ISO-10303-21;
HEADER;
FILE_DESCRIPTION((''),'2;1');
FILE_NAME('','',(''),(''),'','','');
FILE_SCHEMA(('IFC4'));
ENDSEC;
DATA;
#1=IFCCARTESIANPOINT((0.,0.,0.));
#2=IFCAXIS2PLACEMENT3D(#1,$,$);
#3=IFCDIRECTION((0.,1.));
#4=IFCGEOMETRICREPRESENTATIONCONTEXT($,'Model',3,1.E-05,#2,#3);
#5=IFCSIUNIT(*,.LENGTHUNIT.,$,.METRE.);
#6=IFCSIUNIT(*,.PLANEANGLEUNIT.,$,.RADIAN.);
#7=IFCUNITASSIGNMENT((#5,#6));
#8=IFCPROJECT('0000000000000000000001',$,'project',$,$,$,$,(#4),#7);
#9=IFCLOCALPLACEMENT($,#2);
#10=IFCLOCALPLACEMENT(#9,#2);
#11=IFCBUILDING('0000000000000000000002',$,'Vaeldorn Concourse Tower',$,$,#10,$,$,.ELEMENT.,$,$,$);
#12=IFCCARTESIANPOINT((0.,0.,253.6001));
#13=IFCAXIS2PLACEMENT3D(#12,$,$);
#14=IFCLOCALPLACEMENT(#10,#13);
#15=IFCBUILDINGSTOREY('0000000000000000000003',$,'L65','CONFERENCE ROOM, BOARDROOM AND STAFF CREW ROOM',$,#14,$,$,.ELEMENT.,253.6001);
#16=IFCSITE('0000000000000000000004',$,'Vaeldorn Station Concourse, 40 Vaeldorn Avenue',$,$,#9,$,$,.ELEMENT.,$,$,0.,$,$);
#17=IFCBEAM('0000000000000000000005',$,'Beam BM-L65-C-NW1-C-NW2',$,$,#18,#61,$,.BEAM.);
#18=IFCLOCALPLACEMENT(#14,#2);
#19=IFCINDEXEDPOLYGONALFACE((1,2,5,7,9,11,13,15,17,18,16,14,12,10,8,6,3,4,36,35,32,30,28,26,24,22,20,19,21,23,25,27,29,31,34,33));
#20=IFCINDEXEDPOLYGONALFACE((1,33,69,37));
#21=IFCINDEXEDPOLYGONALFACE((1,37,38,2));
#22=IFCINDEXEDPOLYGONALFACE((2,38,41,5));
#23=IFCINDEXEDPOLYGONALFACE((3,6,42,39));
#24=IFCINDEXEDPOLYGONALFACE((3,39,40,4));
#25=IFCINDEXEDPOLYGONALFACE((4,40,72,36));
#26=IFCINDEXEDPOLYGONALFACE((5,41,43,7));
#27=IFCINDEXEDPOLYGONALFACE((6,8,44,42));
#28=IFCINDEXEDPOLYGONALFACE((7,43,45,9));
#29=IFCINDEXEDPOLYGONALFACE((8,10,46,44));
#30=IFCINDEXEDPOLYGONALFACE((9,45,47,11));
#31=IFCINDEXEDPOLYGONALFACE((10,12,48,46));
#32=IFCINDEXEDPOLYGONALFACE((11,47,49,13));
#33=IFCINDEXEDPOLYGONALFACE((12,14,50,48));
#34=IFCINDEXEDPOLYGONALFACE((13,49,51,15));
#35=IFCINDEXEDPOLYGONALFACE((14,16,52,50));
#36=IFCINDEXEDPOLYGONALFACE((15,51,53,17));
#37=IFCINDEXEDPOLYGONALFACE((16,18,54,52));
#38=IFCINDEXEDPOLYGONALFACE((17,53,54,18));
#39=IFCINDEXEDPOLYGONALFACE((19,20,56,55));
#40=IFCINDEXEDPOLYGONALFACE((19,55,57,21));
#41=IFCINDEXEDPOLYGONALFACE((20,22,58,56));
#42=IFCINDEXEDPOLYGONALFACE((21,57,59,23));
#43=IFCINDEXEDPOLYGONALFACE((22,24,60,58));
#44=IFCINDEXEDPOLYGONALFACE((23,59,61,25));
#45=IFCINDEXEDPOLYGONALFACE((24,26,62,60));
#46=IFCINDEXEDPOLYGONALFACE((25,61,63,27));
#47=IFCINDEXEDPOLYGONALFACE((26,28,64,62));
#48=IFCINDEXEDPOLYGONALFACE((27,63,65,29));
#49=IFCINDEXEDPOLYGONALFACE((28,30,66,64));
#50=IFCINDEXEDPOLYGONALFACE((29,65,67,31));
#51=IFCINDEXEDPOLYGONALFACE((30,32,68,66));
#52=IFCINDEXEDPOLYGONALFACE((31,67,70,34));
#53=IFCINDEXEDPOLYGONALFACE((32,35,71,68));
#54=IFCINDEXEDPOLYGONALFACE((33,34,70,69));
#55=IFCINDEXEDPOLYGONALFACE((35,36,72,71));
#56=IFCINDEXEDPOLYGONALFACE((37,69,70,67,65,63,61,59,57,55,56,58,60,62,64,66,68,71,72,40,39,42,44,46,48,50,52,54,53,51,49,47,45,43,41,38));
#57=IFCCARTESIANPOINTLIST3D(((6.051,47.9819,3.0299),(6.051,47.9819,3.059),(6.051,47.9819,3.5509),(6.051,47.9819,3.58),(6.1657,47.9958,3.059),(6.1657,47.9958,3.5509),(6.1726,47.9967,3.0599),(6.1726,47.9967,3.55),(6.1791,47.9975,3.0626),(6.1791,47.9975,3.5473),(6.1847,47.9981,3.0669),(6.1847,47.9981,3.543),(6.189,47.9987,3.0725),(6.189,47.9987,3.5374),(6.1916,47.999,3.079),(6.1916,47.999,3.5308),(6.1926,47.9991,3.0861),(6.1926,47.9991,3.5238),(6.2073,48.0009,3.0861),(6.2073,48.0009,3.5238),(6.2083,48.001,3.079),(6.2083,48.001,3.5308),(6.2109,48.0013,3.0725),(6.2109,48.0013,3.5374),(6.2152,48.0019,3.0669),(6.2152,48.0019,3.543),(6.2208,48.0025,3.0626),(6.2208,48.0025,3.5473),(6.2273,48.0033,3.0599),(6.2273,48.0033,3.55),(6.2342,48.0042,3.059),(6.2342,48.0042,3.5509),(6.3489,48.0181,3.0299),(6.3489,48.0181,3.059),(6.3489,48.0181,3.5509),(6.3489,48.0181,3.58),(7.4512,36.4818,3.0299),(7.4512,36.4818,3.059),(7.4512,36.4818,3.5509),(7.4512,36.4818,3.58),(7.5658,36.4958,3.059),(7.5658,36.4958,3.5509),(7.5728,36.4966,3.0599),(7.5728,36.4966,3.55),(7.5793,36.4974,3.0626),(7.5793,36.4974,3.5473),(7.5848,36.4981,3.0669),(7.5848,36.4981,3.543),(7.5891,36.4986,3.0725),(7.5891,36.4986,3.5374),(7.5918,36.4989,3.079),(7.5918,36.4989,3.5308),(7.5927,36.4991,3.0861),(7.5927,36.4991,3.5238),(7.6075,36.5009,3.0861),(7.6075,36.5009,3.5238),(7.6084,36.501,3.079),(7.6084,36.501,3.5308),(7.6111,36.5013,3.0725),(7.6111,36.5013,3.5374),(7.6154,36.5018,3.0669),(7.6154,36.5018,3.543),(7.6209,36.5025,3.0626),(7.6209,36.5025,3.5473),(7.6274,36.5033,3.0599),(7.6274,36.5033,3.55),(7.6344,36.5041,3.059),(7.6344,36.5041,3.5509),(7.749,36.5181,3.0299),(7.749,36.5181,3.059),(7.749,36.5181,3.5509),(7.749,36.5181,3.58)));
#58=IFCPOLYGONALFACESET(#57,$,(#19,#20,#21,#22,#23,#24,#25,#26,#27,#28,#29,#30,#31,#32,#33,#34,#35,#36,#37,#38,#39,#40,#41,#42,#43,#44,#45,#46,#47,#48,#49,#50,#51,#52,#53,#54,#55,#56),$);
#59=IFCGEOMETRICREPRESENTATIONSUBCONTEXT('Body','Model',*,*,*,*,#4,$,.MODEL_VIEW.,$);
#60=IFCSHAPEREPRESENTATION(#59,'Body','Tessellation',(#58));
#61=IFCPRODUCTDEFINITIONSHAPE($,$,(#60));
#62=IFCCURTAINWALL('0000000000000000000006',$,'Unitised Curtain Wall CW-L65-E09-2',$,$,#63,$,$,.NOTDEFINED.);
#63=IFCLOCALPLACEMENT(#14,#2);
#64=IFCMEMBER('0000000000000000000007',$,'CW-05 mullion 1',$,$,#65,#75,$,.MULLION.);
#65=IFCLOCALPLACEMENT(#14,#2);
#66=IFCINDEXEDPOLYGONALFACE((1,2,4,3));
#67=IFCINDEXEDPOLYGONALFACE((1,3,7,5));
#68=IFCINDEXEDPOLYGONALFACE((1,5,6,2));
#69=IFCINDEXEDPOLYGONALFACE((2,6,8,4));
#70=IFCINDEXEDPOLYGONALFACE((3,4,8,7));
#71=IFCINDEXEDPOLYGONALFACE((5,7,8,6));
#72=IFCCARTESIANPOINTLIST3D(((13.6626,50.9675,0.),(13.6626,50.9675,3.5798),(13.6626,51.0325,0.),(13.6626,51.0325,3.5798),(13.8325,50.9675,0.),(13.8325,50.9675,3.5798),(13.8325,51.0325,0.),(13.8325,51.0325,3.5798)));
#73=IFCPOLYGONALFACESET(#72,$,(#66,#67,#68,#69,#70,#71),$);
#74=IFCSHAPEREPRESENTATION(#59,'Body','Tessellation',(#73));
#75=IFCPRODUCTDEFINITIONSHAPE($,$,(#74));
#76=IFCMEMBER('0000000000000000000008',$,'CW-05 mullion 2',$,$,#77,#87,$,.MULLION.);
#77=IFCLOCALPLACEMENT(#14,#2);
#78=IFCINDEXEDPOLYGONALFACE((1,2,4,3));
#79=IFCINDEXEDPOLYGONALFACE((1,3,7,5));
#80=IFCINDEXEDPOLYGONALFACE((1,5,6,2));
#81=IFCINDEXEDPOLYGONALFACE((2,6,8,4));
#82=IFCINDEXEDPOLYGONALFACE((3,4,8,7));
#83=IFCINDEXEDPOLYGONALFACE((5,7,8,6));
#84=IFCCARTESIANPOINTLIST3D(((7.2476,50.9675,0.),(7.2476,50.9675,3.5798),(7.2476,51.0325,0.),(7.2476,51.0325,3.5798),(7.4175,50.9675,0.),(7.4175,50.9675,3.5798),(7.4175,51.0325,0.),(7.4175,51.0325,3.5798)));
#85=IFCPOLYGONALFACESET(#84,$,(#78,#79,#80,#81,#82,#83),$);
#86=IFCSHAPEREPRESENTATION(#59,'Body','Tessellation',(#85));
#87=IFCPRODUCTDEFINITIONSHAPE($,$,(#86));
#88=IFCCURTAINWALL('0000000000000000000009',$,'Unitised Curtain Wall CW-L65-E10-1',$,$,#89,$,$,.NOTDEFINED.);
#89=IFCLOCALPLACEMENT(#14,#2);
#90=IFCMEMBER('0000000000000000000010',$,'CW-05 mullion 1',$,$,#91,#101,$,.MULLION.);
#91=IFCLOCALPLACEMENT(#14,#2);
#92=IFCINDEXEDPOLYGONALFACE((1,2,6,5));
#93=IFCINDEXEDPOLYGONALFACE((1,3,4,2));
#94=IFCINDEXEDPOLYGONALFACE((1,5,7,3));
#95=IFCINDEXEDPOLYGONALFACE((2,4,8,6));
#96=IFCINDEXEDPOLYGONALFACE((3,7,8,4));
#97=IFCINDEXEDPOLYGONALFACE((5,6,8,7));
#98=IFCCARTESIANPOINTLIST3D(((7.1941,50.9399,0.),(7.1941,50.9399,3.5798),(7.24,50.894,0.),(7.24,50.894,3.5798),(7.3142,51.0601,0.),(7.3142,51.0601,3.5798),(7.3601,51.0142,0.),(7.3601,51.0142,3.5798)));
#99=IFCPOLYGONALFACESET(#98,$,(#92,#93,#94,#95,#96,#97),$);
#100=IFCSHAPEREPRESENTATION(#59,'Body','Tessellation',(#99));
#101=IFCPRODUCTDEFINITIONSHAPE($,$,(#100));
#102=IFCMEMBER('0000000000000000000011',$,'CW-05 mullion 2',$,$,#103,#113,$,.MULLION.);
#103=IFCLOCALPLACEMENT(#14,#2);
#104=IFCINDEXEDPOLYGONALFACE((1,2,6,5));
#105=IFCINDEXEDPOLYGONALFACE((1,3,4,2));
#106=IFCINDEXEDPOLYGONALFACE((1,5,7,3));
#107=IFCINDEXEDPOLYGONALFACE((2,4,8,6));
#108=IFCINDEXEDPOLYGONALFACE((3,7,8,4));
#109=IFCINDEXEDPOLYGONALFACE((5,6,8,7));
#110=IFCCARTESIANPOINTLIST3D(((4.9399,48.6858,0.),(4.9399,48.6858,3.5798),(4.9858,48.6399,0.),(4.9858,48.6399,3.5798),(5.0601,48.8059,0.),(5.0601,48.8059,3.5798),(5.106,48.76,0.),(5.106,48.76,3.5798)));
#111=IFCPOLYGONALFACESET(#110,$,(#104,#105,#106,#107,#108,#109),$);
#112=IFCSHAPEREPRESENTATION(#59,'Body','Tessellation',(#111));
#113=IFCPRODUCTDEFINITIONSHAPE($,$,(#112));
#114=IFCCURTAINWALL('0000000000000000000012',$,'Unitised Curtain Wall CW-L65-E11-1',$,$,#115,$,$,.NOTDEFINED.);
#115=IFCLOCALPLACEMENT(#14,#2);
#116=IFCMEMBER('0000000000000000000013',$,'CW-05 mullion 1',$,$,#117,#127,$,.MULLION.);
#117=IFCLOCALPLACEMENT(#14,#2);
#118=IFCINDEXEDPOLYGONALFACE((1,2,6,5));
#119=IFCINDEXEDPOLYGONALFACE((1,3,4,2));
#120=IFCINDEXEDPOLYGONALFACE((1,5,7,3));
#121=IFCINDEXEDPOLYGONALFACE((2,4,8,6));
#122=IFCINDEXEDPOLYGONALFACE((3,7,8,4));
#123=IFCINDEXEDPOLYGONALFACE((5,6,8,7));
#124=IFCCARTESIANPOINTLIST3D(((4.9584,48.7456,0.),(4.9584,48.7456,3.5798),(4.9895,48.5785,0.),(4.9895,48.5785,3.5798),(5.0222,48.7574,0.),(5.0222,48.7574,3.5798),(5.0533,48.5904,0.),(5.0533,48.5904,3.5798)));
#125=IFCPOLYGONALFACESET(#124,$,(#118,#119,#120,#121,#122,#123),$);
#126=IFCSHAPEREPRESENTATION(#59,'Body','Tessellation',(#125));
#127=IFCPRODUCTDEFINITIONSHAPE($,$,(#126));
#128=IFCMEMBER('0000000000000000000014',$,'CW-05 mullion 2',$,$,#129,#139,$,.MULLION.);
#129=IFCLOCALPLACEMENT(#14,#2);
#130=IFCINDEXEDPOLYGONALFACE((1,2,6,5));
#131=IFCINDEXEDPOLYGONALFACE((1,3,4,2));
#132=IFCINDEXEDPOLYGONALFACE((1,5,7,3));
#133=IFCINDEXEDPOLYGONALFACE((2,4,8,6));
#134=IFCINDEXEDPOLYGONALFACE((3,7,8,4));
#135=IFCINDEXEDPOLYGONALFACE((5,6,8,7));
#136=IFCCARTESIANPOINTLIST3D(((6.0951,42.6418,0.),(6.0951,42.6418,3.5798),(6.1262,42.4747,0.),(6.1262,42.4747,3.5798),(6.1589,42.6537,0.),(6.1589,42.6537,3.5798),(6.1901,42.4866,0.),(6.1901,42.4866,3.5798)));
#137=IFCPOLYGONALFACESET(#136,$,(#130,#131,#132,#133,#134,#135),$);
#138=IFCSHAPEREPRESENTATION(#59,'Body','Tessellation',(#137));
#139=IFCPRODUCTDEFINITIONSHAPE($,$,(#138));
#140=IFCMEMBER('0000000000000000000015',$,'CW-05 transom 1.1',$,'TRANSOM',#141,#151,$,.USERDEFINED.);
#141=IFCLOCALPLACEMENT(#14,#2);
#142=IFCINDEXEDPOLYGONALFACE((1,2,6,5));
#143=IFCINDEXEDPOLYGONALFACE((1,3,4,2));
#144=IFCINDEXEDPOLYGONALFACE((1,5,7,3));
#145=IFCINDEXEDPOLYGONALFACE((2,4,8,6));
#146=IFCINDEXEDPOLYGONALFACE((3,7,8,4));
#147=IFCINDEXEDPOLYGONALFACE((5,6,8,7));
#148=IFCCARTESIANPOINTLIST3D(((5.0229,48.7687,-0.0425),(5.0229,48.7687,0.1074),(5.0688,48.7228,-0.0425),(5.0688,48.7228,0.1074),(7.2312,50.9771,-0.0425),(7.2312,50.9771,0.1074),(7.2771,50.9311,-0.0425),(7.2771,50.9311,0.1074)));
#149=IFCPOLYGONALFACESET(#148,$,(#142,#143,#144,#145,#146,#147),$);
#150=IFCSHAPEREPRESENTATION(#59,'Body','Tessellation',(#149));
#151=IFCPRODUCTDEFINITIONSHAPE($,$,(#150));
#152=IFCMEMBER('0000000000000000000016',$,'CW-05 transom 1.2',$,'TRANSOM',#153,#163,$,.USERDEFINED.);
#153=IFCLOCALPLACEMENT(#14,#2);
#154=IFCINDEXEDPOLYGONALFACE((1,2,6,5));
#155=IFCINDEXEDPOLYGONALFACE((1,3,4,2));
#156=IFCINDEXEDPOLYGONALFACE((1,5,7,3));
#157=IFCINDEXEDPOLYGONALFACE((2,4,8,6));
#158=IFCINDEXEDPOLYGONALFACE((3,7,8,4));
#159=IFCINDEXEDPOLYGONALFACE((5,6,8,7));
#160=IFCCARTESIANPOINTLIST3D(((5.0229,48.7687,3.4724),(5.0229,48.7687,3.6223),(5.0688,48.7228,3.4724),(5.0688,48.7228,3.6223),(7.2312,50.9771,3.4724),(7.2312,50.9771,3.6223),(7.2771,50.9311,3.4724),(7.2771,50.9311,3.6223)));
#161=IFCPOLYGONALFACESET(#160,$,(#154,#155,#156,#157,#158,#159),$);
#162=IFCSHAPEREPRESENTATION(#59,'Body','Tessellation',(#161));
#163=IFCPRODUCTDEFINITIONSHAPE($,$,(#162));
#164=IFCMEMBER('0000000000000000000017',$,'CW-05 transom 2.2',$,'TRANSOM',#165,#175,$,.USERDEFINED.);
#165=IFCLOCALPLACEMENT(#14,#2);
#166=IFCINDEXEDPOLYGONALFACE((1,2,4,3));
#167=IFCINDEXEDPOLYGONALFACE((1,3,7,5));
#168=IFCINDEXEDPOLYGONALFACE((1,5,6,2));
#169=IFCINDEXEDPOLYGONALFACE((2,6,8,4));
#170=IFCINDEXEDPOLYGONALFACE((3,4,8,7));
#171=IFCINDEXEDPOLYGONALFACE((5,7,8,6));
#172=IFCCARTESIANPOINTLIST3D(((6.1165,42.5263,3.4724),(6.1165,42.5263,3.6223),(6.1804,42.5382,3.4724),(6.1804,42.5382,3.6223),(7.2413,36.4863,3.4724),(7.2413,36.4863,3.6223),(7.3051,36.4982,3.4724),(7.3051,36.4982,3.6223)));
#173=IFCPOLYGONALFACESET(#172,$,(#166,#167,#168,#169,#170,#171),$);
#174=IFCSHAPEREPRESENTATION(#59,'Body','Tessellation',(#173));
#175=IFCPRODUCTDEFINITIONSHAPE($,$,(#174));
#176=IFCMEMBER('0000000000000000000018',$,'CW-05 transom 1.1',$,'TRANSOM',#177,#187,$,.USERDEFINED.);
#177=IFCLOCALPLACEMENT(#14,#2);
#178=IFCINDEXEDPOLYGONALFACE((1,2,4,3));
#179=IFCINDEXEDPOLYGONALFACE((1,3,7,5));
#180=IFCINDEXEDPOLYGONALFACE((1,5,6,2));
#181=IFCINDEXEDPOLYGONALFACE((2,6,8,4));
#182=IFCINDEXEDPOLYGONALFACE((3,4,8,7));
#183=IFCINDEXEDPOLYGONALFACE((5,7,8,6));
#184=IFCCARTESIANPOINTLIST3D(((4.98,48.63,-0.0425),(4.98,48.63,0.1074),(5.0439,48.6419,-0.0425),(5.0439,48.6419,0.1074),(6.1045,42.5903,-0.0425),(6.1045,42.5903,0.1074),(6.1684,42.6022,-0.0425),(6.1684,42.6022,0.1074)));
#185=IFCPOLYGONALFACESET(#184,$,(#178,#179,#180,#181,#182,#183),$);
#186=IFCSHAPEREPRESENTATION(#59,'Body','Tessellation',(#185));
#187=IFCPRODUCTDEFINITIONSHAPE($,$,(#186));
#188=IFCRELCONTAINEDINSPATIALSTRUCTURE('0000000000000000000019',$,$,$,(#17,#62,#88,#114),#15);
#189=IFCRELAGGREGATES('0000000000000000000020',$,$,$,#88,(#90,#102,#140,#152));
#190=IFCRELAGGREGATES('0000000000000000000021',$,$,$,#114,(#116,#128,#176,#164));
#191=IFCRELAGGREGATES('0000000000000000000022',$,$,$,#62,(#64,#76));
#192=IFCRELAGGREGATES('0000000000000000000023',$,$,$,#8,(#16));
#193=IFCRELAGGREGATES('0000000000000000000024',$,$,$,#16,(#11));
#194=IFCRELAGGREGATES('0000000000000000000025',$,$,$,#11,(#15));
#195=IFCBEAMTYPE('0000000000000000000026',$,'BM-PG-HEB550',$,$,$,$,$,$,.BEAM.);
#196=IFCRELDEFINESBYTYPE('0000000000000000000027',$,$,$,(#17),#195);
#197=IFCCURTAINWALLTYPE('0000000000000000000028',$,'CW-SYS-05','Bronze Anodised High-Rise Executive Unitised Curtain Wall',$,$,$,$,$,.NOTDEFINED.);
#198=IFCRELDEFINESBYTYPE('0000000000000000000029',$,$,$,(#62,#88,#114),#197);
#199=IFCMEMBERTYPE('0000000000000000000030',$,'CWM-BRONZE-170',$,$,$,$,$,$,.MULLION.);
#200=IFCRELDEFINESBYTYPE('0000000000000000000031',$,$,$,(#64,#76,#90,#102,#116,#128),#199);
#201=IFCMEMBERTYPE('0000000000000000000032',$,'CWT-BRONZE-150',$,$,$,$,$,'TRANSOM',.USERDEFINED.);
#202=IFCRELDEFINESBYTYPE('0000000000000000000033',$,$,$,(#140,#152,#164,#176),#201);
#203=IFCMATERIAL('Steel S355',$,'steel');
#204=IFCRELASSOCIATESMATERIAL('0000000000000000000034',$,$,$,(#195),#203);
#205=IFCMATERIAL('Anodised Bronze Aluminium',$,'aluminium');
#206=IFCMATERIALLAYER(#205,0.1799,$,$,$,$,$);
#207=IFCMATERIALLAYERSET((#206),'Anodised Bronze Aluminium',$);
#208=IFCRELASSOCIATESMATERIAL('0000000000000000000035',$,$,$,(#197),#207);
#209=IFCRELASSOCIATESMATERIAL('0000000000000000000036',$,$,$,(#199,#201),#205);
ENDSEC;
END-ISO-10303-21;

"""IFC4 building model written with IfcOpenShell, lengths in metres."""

from ifc_helpers import new_model, si_unit, direction, frame, origin, origin_2d, place, context, subcontext, project, spatial, rectangle, i_section, extrude, source, transform, mapped, material, layer, layer_set, material_profile, profile_set, type_object, element, aggregate, save


model = new_model("IFC4")

# Units and contexts
model_context = context("Model", 3, precision=1e-05, world=origin(), true_north=direction((0.0, 1.0)))
body_context = subcontext(model_context, "Body", "Model", "MODEL_VIEW")
ifc_project = project(units=[si_unit("LENGTHUNIT", "METRE"), si_unit("PLANEANGLEUNIT", "RADIAN")], contexts=[model_context])

# Site, building, storey
site_placement = place(None, origin())
site = spatial("IfcSite", under=ifc_project, at=site_placement, Name="Vaeldorn Station Concourse, 40 Vaeldorn Avenue", CompositionType="ELEMENT", RefElevation=0.0)
building_placement = place(site_placement, origin())
building = spatial("IfcBuilding", under=site, at=building_placement, Name="Vaeldorn Concourse Tower", CompositionType="ELEMENT")
storey_placement = place(building_placement, frame((0.0, 0.0, 253.6001)))
storey = spatial("IfcBuildingStorey", under=building, at=storey_placement, Name="L65", Description="CONFERENCE ROOM, BOARDROOM AND STAFF CREW ROOM", CompositionType="ELEMENT", Elevation=253.6001)

# Shared definitions
ifc_material_1 = material(Name="Steel S355", Category="steel")

# Beam
ifc_material_profile_1 = material_profile(ifc_material_1, i_section(OverallWidth=0.3, OverallDepth=0.55, WebThickness=0.0149, FlangeThickness=0.0291, FilletRadius=0.0271, at=origin_2d()), Name="HEB 550")
ifc_profile_set_1 = profile_set([ifc_material_profile_1], Name="Steel S355")
beam_type_1 = type_object("IfcBeamType", Name="BM-PG-HEB550", PredefinedType="BEAM", material=ifc_profile_set_1)
shared_shape_1 = source(origin(), body_context, "Body", "SweptSolid", [
    extrude(i_section(OverallWidth=0.3, OverallDepth=0.55, WebThickness=0.0149, FlangeThickness=0.0291, FilletRadius=0.0271, at=origin_2d()), origin(), (0.0, 0.0, 1.0), 11.585),
])
beam_1_placement = place(storey_placement, frame((6.2, 48.0, 3.3049), z_axis=(0.120859, -0.99267, 0.0), x_axis=(0.99267, 0.120859, 0.0)))
element("IfcBeam", 1, at=beam_1_placement, inside=storey, type_object=beam_type_1, Name="Beam BM-L65-C-NW1-C-NW2", PredefinedType="BEAM", context=body_context, shape_type="MappedRepresentation", body=[
    mapped(shared_shape_1, transform((0.0, 0.0, 0.0), scale=1.0)),
])

# Curtain walls, members
ifc_material_2 = material(Name="Anodised Bronze Aluminium", Category="aluminium")
ifc_layer_1 = layer(ifc_material_2, 0.1799)
ifc_layer_set_1 = layer_set([ifc_layer_1], Name="Anodised Bronze Aluminium")
curtain_wall_type = type_object("IfcCurtainWallType", Name="CW-SYS-05", Description="Bronze Anodised High-Rise Executive Unitised Curtain Wall", PredefinedType="NOTDEFINED", material=ifc_layer_set_1)
curtain_wall_1_placement = place(storey_placement, origin())
curtain_wall_1 = element("IfcCurtainWall", 2, at=curtain_wall_1_placement, inside=storey, type_object=curtain_wall_type, Name="Unitised Curtain Wall CW-L65-E09-2", PredefinedType="NOTDEFINED")
ifc_material_profile_2 = material_profile(ifc_material_2, rectangle(XDim=0.0649, YDim=0.1699, at=origin_2d()), Name="CWM 65x170")
ifc_profile_set_2 = profile_set([ifc_material_profile_2], Name="Anodised Bronze Aluminium")
member_type_1 = type_object("IfcMemberType", Name="CWM-BRONZE-170", PredefinedType="MULLION", material=ifc_profile_set_2)
shared_shape_2 = source(origin(), body_context, "Body", "SweptSolid", [
    extrude(rectangle(XDim=0.0649, YDim=0.1699, at=origin_2d()), origin(), (0.0, 0.0, 1.0), 3.5798),
])
member_1_placement = place(storey_placement, frame((13.7476, 51.0, 0.0), z_axis=(0.0, 0.0, 1.0), x_axis=(0.0, -1.0, 0.0)))
member_1 = element("IfcMember", 3, at=member_1_placement, type_object=member_type_1, Name="CW-05 mullion 1", PredefinedType="MULLION", context=body_context, shape_type="MappedRepresentation", body=[
    mapped(shared_shape_2, transform((0.0, 0.0, 0.0), scale=1.0)),
])
member_2_placement = place(storey_placement, frame((7.3325, 51.0, 0.0), z_axis=(0.0, 0.0, 1.0), x_axis=(0.0, -1.0, 0.0)))
member_2 = element("IfcMember", 4, at=member_2_placement, type_object=member_type_1, Name="CW-05 mullion 2", PredefinedType="MULLION", context=body_context, shape_type="MappedRepresentation", body=[
    mapped(shared_shape_2, transform((0.0, 0.0, 0.0), scale=1.0)),
])
curtain_wall_2_placement = place(storey_placement, origin())
curtain_wall_2 = element("IfcCurtainWall", 5, at=curtain_wall_2_placement, inside=storey, type_object=curtain_wall_type, Name="Unitised Curtain Wall CW-L65-E10-1", PredefinedType="NOTDEFINED")
member_3_placement = place(storey_placement, frame((7.2771, 50.9771, 0.0), z_axis=(0.0, 0.0, 1.0), x_axis=(0.707107, -0.707107, 0.0)))
member_3 = element("IfcMember", 6, at=member_3_placement, type_object=member_type_1, Name="CW-05 mullion 1", PredefinedType="MULLION", context=body_context, shape_type="MappedRepresentation", body=[
    mapped(shared_shape_2, transform((0.0, 0.0, 0.0), scale=1.0)),
])
member_4_placement = place(storey_placement, frame((5.0229, 48.7229, 0.0), z_axis=(0.0, 0.0, 1.0), x_axis=(0.707107, -0.707107, 0.0)))
member_4 = element("IfcMember", 7, at=member_4_placement, type_object=member_type_1, Name="CW-05 mullion 2", PredefinedType="MULLION", context=body_context, shape_type="MappedRepresentation", body=[
    mapped(shared_shape_2, transform((0.0, 0.0, 0.0), scale=1.0)),
])
curtain_wall_3_placement = place(storey_placement, origin())
curtain_wall_3 = element("IfcCurtainWall", 8, at=curtain_wall_3_placement, inside=storey, type_object=curtain_wall_type, Name="Unitised Curtain Wall CW-L65-E11-1", PredefinedType="NOTDEFINED")
member_5_placement = place(storey_placement, frame((5.0059, 48.668, 0.0), z_axis=(0.0, 0.0, 1.0), x_axis=(0.983103, 0.183054, 0.0)))
member_5 = element("IfcMember", 9, at=member_5_placement, type_object=member_type_1, Name="CW-05 mullion 1", PredefinedType="MULLION", context=body_context, shape_type="MappedRepresentation", body=[
    mapped(shared_shape_2, transform((0.0, 0.0, 0.0), scale=1.0)),
])
member_6_placement = place(storey_placement, frame((6.1426, 42.5642, 0.0), z_axis=(0.0, 0.0, 1.0), x_axis=(0.983103, 0.183054, 0.0)))
member_6 = element("IfcMember", 10, at=member_6_placement, type_object=member_type_1, Name="CW-05 mullion 2", PredefinedType="MULLION", context=body_context, shape_type="MappedRepresentation", body=[
    mapped(shared_shape_2, transform((0.0, 0.0, 0.0), scale=1.0)),
])

# Members
ifc_material_profile_3 = material_profile(ifc_material_2, rectangle(XDim=0.0649, YDim=0.1499, at=origin_2d()), Name="CWT 65x150")
ifc_profile_set_3 = profile_set([ifc_material_profile_3], Name="Anodised Bronze Aluminium")
member_type_2 = type_object("IfcMemberType", Name="CWT-BRONZE-150", ElementType="TRANSOM", PredefinedType="USERDEFINED", material=ifc_profile_set_3)
shared_shape_3 = source(origin(), body_context, "Body", "SweptSolid", [
    extrude(rectangle(XDim=0.0649, YDim=0.1499, at=origin_2d()), origin(), (0.0, 0.0, 1.0), 3.123),
])
member_7_placement = place(storey_placement, frame((7.2542, 50.9541, 0.0325), z_axis=(-0.707107, -0.707107, 0.0), x_axis=(0.707107, -0.707107, 0.0)))
member_7 = element("IfcMember", 11, at=member_7_placement, type_object=member_type_2, Name="CW-05 transom 1.1", ObjectType="TRANSOM", PredefinedType="USERDEFINED", context=body_context, shape_type="MappedRepresentation", body=[
    mapped(shared_shape_3, transform((0.0, 0.0, 0.0), scale=1.0)),
])
member_8_placement = place(storey_placement, frame((7.2542, 50.9541, 3.5474), z_axis=(-0.707107, -0.707107, 0.0), x_axis=(0.707107, -0.707107, 0.0)))
member_8 = element("IfcMember", 12, at=member_8_placement, type_object=member_type_2, Name="CW-05 transom 1.2", ObjectType="TRANSOM", PredefinedType="USERDEFINED", context=body_context, shape_type="MappedRepresentation", body=[
    mapped(shared_shape_3, transform((0.0, 0.0, 0.0), scale=1.0)),
])
shared_shape_4 = source(origin(), body_context, "Body", "SweptSolid", [
    extrude(rectangle(XDim=0.0649, YDim=0.1499, at=origin_2d()), origin(), (0.0, 0.0, 1.0), 6.1438),
])
member_9_placement = place(storey_placement, frame((6.1484, 42.5322, 3.5474), z_axis=(0.18307, -0.9831, 0.0), x_axis=(0.9831, 0.18307, 0.0)))
member_9 = element("IfcMember", 13, at=member_9_placement, type_object=member_type_2, Name="CW-05 transom 2.2", ObjectType="TRANSOM", PredefinedType="USERDEFINED", context=body_context, shape_type="MappedRepresentation", body=[
    mapped(shared_shape_4, transform((0.0, 0.0, 0.0), scale=1.0)),
])
shared_shape_5 = source(origin(), body_context, "Body", "SweptSolid", [
    extrude(rectangle(XDim=0.0649, YDim=0.1499, at=origin_2d()), origin(), (0.0, 0.0, 1.0), 6.1436),
])
member_10_placement = place(storey_placement, frame((5.012, 48.636, 0.0325), z_axis=(0.183038, -0.983106, 0.0), x_axis=(0.983106, 0.183038, 0.0)))
member_10 = element("IfcMember", 14, at=member_10_placement, type_object=member_type_2, Name="CW-05 transom 1.1", ObjectType="TRANSOM", PredefinedType="USERDEFINED", context=body_context, shape_type="MappedRepresentation", body=[
    mapped(shared_shape_5, transform((0.0, 0.0, 0.0), scale=1.0)),
])

aggregate(curtain_wall_2, [member_3, member_4, member_7, member_8])
aggregate(curtain_wall_3, [member_5, member_6, member_10, member_9])
aggregate(curtain_wall_1, [member_1, member_2])

save(model, "model.ifc")
